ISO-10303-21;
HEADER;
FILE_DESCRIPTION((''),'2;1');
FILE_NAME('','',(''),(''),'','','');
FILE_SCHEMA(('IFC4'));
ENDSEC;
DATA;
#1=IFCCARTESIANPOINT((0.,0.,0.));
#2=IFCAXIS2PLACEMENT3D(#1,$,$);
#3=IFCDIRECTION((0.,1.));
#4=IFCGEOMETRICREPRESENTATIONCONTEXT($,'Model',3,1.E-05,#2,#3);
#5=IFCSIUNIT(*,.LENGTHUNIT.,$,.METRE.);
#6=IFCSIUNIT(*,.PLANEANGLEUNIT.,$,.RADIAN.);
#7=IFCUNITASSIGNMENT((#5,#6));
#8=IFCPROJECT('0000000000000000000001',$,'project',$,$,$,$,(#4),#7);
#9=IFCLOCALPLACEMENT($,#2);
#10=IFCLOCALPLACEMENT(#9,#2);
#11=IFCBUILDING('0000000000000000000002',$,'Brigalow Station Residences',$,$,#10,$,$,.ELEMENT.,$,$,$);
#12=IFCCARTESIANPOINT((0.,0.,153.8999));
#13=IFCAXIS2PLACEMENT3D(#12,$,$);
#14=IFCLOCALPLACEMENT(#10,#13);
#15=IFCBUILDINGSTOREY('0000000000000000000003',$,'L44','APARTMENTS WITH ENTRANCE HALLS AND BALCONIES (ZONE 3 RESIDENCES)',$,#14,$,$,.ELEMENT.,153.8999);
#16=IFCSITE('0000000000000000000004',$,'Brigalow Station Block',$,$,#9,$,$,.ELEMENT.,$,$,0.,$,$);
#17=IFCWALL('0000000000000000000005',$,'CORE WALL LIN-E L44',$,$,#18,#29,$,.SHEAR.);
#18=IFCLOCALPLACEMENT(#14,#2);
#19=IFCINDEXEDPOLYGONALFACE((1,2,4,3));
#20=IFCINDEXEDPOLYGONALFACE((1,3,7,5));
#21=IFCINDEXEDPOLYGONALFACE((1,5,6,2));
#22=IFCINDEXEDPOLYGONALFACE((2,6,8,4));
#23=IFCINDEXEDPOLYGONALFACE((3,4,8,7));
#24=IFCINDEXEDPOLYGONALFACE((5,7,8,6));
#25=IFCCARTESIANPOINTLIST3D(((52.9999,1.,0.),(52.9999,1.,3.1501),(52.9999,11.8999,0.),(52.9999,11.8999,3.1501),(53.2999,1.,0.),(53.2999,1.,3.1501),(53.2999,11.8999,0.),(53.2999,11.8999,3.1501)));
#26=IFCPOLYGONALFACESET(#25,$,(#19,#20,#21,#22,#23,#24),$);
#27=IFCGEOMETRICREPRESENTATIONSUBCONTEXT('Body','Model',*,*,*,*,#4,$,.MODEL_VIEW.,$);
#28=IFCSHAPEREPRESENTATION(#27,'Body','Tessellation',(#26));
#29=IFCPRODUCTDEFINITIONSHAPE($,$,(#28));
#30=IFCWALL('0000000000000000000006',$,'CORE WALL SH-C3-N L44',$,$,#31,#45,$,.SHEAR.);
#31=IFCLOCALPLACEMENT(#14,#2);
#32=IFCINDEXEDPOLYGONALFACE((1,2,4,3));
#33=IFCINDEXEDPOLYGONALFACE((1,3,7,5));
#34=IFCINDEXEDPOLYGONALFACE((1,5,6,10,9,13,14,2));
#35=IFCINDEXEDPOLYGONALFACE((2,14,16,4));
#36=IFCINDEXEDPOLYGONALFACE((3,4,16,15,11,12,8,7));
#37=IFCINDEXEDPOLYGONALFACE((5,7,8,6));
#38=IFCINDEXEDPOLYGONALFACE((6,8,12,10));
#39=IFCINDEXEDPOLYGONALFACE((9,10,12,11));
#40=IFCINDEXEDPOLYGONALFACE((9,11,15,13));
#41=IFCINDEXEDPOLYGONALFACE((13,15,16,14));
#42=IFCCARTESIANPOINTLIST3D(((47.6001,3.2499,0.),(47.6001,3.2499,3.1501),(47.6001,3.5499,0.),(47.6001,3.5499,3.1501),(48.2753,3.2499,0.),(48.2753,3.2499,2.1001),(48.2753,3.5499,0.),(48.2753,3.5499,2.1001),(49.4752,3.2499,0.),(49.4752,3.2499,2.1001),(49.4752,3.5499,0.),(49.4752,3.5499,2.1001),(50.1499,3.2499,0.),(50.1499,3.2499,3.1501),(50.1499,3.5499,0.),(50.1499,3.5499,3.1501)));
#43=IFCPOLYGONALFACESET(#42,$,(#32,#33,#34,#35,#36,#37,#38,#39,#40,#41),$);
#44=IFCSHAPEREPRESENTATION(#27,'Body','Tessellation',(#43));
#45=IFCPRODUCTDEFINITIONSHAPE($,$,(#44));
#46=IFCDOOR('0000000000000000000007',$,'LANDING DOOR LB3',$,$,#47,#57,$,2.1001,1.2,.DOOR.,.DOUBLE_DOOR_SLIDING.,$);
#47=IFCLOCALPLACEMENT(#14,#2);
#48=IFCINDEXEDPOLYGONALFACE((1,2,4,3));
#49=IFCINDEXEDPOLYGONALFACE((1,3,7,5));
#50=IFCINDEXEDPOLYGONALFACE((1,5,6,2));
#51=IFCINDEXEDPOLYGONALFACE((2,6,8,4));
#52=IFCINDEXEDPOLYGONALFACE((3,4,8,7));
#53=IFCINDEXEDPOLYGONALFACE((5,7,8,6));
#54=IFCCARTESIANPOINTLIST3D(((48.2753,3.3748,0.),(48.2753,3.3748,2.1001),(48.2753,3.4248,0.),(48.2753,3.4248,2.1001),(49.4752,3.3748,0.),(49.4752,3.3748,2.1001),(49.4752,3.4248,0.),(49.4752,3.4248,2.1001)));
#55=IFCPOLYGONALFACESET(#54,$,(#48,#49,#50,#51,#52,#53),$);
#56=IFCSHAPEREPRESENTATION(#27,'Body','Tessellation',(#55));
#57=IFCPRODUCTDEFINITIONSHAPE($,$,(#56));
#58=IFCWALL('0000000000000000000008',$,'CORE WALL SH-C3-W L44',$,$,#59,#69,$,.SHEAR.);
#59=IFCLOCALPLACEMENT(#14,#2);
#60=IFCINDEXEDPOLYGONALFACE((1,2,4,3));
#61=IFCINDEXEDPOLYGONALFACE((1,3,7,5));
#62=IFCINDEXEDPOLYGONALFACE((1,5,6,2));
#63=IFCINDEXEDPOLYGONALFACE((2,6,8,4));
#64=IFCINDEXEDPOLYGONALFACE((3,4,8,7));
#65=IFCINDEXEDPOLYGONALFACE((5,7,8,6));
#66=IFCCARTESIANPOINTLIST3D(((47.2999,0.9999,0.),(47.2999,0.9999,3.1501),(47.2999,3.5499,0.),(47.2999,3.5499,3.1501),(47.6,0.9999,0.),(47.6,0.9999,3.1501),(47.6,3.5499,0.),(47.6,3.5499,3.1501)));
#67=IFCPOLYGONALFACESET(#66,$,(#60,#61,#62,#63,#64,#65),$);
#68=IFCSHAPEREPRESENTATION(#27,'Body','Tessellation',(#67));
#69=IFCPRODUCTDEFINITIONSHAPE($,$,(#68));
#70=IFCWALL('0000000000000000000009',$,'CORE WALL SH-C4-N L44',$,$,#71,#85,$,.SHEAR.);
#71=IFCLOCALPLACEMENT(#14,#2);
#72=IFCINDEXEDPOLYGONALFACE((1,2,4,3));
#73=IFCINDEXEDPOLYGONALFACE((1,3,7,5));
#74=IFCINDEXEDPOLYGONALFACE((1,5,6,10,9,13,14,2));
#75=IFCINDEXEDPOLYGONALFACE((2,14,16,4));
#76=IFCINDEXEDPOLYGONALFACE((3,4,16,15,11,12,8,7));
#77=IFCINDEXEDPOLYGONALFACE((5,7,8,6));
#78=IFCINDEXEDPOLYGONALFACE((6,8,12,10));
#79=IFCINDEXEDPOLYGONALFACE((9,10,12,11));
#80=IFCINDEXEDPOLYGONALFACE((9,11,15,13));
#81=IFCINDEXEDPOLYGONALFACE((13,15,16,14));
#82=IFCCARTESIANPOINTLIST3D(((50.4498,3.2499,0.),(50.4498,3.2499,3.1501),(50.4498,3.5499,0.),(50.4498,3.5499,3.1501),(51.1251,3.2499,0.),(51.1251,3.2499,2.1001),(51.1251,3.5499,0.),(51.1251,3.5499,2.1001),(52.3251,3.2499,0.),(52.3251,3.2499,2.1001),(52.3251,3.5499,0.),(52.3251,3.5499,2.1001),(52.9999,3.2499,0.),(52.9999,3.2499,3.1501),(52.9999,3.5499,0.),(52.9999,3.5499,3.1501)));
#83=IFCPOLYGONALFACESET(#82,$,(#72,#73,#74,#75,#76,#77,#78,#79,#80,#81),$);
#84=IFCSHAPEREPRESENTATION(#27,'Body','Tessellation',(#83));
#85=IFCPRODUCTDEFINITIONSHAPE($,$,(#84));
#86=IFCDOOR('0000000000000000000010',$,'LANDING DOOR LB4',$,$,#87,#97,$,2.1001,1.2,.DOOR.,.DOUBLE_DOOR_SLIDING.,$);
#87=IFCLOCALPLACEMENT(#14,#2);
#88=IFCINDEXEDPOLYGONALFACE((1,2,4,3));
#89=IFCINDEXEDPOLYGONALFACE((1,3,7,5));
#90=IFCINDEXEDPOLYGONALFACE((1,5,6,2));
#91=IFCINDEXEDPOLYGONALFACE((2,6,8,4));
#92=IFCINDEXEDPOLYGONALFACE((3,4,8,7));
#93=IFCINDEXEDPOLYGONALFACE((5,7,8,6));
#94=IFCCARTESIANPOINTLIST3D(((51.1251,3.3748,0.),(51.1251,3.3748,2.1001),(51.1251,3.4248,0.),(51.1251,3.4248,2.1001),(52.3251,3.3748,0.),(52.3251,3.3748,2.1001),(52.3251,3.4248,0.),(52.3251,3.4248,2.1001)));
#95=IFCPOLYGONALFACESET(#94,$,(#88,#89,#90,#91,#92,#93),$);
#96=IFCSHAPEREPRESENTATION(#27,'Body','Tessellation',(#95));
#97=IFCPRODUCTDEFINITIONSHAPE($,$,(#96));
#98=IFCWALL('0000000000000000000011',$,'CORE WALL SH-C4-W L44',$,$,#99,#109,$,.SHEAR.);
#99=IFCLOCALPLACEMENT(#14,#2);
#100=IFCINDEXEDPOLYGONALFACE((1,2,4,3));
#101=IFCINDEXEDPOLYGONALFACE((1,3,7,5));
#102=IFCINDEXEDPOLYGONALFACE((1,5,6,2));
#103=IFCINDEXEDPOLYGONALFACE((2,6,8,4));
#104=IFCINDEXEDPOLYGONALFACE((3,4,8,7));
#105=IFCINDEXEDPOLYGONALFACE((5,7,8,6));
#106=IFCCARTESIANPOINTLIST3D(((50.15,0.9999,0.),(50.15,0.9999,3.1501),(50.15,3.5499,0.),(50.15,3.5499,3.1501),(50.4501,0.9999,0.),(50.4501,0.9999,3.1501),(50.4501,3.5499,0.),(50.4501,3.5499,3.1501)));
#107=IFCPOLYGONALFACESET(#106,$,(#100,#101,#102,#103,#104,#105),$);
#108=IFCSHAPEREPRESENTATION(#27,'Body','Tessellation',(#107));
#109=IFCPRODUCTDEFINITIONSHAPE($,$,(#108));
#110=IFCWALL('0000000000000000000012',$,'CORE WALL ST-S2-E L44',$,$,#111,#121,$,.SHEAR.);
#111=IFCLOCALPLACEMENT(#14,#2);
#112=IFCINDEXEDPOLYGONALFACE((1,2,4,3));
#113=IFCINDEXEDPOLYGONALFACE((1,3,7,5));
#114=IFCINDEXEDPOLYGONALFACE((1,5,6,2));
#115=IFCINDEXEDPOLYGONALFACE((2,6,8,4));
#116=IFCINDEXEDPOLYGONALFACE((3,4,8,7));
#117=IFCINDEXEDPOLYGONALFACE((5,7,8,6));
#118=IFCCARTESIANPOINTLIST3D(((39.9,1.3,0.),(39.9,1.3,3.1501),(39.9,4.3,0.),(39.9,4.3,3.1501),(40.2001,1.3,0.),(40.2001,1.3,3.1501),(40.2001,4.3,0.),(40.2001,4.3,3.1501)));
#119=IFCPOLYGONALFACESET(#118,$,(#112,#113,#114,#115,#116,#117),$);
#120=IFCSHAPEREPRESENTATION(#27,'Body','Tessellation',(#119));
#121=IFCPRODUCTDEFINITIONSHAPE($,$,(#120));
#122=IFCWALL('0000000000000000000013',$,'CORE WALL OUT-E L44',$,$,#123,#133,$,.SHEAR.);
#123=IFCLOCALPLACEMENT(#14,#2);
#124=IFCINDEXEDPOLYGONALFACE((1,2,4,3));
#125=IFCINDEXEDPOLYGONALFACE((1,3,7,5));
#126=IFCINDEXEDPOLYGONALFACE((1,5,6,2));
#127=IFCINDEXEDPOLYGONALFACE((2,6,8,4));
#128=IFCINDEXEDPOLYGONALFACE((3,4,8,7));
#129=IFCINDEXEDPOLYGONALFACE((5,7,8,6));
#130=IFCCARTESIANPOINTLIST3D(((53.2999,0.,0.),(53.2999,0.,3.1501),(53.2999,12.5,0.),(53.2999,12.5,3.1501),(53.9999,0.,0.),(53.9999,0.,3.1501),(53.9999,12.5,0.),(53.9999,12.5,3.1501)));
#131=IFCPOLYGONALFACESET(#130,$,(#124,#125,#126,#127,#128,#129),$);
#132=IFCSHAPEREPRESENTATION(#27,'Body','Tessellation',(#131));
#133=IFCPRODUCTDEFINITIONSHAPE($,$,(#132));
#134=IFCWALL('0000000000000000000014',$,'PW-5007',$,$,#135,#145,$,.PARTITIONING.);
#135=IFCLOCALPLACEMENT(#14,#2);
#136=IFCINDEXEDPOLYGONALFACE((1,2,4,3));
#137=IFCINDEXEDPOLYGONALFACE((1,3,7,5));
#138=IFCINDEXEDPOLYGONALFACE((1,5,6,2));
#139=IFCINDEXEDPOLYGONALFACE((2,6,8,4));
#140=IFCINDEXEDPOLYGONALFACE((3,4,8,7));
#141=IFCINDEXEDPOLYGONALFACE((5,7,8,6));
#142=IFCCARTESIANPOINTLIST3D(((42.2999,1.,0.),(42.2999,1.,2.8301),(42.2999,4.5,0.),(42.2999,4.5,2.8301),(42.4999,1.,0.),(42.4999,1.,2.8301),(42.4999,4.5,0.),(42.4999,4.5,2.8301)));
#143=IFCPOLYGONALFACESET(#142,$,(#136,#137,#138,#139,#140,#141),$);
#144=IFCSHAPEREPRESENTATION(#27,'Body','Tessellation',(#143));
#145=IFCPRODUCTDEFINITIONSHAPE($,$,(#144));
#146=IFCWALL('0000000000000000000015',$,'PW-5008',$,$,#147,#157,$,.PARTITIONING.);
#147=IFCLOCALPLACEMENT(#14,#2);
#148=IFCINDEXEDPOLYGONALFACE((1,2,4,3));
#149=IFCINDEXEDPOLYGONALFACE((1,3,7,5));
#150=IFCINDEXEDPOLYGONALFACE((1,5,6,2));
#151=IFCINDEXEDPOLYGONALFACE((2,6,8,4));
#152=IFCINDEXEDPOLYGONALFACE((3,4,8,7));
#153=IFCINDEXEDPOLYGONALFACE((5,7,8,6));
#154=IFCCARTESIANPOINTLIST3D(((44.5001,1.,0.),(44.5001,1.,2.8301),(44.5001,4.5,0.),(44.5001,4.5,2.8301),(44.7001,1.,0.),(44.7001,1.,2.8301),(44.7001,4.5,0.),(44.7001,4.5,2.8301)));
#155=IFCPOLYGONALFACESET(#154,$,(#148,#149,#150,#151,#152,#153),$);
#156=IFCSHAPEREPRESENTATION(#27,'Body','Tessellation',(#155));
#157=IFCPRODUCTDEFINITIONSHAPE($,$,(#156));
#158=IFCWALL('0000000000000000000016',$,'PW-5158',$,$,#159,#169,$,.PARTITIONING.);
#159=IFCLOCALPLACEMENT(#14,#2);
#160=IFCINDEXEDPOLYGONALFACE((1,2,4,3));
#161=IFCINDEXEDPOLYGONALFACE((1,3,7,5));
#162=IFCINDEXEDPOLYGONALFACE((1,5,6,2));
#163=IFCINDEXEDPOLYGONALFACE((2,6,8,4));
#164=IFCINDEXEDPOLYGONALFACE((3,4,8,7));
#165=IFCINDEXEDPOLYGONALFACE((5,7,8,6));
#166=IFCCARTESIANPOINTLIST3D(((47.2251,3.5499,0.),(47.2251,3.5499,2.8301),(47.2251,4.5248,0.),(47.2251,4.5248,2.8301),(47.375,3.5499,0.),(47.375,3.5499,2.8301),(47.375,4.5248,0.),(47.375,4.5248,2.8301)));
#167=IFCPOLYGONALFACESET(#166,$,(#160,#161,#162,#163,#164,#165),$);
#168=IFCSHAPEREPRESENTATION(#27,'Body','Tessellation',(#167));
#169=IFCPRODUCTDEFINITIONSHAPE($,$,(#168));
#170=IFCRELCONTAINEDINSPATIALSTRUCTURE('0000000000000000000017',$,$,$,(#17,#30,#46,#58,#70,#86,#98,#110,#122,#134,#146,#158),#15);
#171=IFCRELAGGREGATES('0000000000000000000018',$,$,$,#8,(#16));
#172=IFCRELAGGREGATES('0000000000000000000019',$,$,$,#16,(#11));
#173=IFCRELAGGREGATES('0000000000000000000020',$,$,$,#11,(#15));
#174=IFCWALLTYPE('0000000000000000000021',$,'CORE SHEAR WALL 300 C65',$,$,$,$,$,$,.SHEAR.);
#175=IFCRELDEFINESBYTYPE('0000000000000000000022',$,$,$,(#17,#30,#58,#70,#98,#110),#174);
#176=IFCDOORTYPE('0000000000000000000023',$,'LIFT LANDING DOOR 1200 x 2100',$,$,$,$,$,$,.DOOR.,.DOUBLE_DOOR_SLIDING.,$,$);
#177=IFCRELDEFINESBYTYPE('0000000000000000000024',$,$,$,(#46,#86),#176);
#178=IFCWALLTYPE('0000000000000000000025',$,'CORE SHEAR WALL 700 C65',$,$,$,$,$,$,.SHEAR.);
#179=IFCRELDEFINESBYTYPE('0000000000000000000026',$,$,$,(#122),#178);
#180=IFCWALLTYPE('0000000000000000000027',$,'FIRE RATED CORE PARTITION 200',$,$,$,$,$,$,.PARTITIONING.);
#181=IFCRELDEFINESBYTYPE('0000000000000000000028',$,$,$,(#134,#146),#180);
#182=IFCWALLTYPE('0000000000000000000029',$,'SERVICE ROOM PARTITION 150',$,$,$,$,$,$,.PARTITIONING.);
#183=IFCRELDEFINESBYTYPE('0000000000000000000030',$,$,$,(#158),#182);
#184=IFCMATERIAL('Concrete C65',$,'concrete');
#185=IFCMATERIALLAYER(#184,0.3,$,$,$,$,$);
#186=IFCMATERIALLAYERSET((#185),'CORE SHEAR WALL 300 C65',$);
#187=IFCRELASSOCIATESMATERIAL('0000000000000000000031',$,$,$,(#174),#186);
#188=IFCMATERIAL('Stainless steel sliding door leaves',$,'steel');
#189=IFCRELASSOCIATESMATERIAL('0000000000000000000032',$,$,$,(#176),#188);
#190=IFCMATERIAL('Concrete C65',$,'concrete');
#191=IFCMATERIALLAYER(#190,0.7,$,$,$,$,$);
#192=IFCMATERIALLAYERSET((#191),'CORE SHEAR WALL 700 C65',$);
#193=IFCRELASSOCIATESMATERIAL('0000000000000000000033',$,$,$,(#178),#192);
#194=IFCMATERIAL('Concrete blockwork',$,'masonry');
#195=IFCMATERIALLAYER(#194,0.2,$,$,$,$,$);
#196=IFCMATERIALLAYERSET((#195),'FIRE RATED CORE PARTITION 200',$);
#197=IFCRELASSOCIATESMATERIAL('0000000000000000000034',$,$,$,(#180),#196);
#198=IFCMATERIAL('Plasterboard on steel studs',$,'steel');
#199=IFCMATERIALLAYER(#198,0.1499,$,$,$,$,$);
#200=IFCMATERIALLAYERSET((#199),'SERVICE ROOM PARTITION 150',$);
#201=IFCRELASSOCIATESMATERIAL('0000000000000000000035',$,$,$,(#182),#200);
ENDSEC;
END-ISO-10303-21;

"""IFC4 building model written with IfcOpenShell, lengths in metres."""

from ifc_helpers import new_model, si_unit, direction, frame, frame_2d, origin, place, context, subcontext, project, spatial, rectangle, extrude, material, layer, layer_set, type_object, element, fill, save


model = new_model("IFC4")

# Units and contexts
model_context = context("Model", 3, precision=1e-05, world=origin(), true_north=direction((0.0, 1.0)))
body_context = subcontext(model_context, "Body", "Model", "MODEL_VIEW")
ifc_project = project(units=[si_unit("LENGTHUNIT", "METRE"), si_unit("PLANEANGLEUNIT", "RADIAN")], contexts=[model_context])

# Site, building, storey
site_placement = place(None, origin())
site = spatial("IfcSite", under=ifc_project, at=site_placement, Name="Brigalow Station Block", CompositionType="ELEMENT", RefElevation=0.0)
building_placement = place(site_placement, origin())
building = spatial("IfcBuilding", under=site, at=building_placement, Name="Brigalow Station Residences", CompositionType="ELEMENT")
storey_placement = place(building_placement, frame((0.0, 0.0, 153.8999)))
storey = spatial("IfcBuildingStorey", under=building, at=storey_placement, Name="L44", Description="APARTMENTS WITH ENTRANCE HALLS AND BALCONIES (ZONE 3 RESIDENCES)", CompositionType="ELEMENT", Elevation=153.8999)

# Wall
ifc_material_1 = material(Name="Concrete C65", Category="concrete")
ifc_layer_1 = layer(ifc_material_1, 0.3)
ifc_layer_set_1 = layer_set([ifc_layer_1], Name="CORE SHEAR WALL 300 C65")
wall_type_1 = type_object("IfcWallType", Name="CORE SHEAR WALL 300 C65", PredefinedType="SHEAR", material=ifc_layer_set_1)
wall_1_placement = place(storey_placement, frame((53.1499, 1.0, 0.0), z_axis=(0.0, 0.0, 1.0), x_axis=(0.0, 1.0, 0.0)))
element("IfcWall", 1, at=wall_1_placement, inside=storey, type_object=wall_type_1, Name="CORE WALL LIN-E L44", PredefinedType="SHEAR", context=body_context, shape_type="SweptSolid", body=[
    extrude(rectangle(XDim=10.8999, YDim=0.3, at=frame_2d((5.45, 0.0))), origin(), (0.0, 0.0, 1.0), 3.1501),
])

# Wall, opening, door
wall_2_placement = place(storey_placement, frame((47.6001, 3.3999, 0.0), z_axis=(0.0, 0.0, 1.0), x_axis=(1.0, 0.0, 0.0)))
wall_2 = element("IfcWall", 2, at=wall_2_placement, inside=storey, type_object=wall_type_1, Name="CORE WALL SH-C3-N L44", PredefinedType="SHEAR", context=body_context, shape_type="SweptSolid", body=[
    extrude(rectangle(XDim=2.5498, YDim=0.3, at=frame_2d((1.2749, 0.0))), origin(), (0.0, 0.0, 1.0), 3.1501),
])
opening_1_placement = place(wall_2_placement, frame((0.675, 0.0, 0.0)))
opening_1 = element("IfcOpeningElement", 3, at=opening_1_placement, cuts=wall_2, PredefinedType="OPENING", context=body_context, shape_type="SweptSolid", body=[
    extrude(rectangle(XDim=1.2, YDim=2.1001, at=frame_2d((0.6001, 1.05))), frame((0.0, 0.1602, 0.0), z_axis=(0.0, -1.0, 0.0), x_axis=(1.0, 0.0, 0.0)), (0.0, 0.0, 1.0), 0.3201),
])
ifc_material_2 = material(Name="Stainless steel sliding door leaves", Category="steel")
door_type = type_object("IfcDoorType", Name="LIFT LANDING DOOR 1200 x 2100", OperationType="DOUBLE_DOOR_SLIDING", PredefinedType="DOOR", material=ifc_material_2)
door_1_placement = place(opening_1_placement, origin())
door_1 = element("IfcDoor", 4, at=door_1_placement, inside=storey, type_object=door_type, Name="LANDING DOOR LB3", OperationType="DOUBLE_DOOR_SLIDING", OverallHeight=2.1001, OverallWidth=1.2, PredefinedType="DOOR", context=body_context, shape_type="SweptSolid", body=[
    extrude(rectangle(XDim=1.2, YDim=2.1001, at=frame_2d((0.6001, 1.05))), frame((0.0, 0.0249, 0.0), z_axis=(0.0, -1.0, 0.0), x_axis=(1.0, 0.0, 0.0)), (0.0, 0.0, 1.0), 0.05),
])
fill(opening_1, door_1)

# Wall
wall_3_placement = place(storey_placement, frame((47.45, 1.0, 0.0), z_axis=(0.0, 0.0, 1.0), x_axis=(0.0, 1.0, 0.0)))
element("IfcWall", 5, at=wall_3_placement, inside=storey, type_object=wall_type_1, Name="CORE WALL SH-C3-W L44", PredefinedType="SHEAR", context=body_context, shape_type="SweptSolid", body=[
    extrude(rectangle(XDim=2.55, YDim=0.3, at=frame_2d((1.2749, 0.0))), origin(), (0.0, 0.0, 1.0), 3.1501),
])

# Wall, opening, door
wall_4_placement = place(storey_placement, frame((50.45, 3.3999, 0.0), z_axis=(0.0, 0.0, 1.0), x_axis=(1.0, 0.0, 0.0)))
wall_4 = element("IfcWall", 6, at=wall_4_placement, inside=storey, type_object=wall_type_1, Name="CORE WALL SH-C4-N L44", PredefinedType="SHEAR", context=body_context, shape_type="SweptSolid", body=[
    extrude(rectangle(XDim=2.55, YDim=0.3, at=frame_2d((1.2749, 0.0))), origin(), (0.0, 0.0, 1.0), 3.1501),
])
opening_2_placement = place(wall_4_placement, frame((0.675, 0.0, 0.0)))
opening_2 = element("IfcOpeningElement", 7, at=opening_2_placement, cuts=wall_4, PredefinedType="OPENING", context=body_context, shape_type="SweptSolid", body=[
    extrude(rectangle(XDim=1.2, YDim=2.1001, at=frame_2d((0.6001, 1.05))), frame((0.0, 0.1602, 0.0), z_axis=(0.0, -1.0, 0.0), x_axis=(1.0, 0.0, 0.0)), (0.0, 0.0, 1.0), 0.3201),
])
door_2_placement = place(opening_2_placement, origin())
door_2 = element("IfcDoor", 8, at=door_2_placement, inside=storey, type_object=door_type, Name="LANDING DOOR LB4", OperationType="DOUBLE_DOOR_SLIDING", OverallHeight=2.1001, OverallWidth=1.2, PredefinedType="DOOR", context=body_context, shape_type="SweptSolid", body=[
    extrude(rectangle(XDim=1.2, YDim=2.1001, at=frame_2d((0.6001, 1.05))), frame((0.0, 0.0249, 0.0), z_axis=(0.0, -1.0, 0.0), x_axis=(1.0, 0.0, 0.0)), (0.0, 0.0, 1.0), 0.05),
])
fill(opening_2, door_2)

# Walls
wall_5_placement = place(storey_placement, frame((50.3, 1.0, 0.0), z_axis=(0.0, 0.0, 1.0), x_axis=(0.0, 1.0, 0.0)))
element("IfcWall", 9, at=wall_5_placement, inside=storey, type_object=wall_type_1, Name="CORE WALL SH-C4-W L44", PredefinedType="SHEAR", context=body_context, shape_type="SweptSolid", body=[
    extrude(rectangle(XDim=2.55, YDim=0.3, at=frame_2d((1.2749, 0.0))), origin(), (0.0, 0.0, 1.0), 3.1501),
])
wall_6_placement = place(storey_placement, frame((40.05, 1.3, 0.0), z_axis=(0.0, 0.0, 1.0), x_axis=(0.0, 1.0, 0.0)))
element("IfcWall", 10, at=wall_6_placement, inside=storey, type_object=wall_type_1, Name="CORE WALL ST-S2-E L44", PredefinedType="SHEAR", context=body_context, shape_type="SweptSolid", body=[
    extrude(rectangle(XDim=3.0, YDim=0.3, at=frame_2d((1.5, 0.0))), origin(), (0.0, 0.0, 1.0), 3.1501),
])
ifc_material_3 = material(Name="Concrete C65", Category="concrete")
ifc_layer_2 = layer(ifc_material_3, 0.7)
ifc_layer_set_2 = layer_set([ifc_layer_2], Name="CORE SHEAR WALL 700 C65")
wall_type_2 = type_object("IfcWallType", Name="CORE SHEAR WALL 700 C65", PredefinedType="SHEAR", material=ifc_layer_set_2)
wall_7_placement = place(storey_placement, frame((53.6499, 0.0, 0.0), z_axis=(0.0, 0.0, 1.0), x_axis=(0.0, 1.0, 0.0)))
element("IfcWall", 11, at=wall_7_placement, inside=storey, type_object=wall_type_2, Name="CORE WALL OUT-E L44", PredefinedType="SHEAR", context=body_context, shape_type="SweptSolid", body=[
    extrude(rectangle(XDim=12.5, YDim=0.7, at=frame_2d((6.25, 0.0))), origin(), (0.0, 0.0, 1.0), 3.1501),
])
ifc_material_4 = material(Name="Concrete blockwork", Category="masonry")
ifc_layer_3 = layer(ifc_material_4, 0.2)
ifc_layer_set_3 = layer_set([ifc_layer_3], Name="FIRE RATED CORE PARTITION 200")
wall_type_3 = type_object("IfcWallType", Name="FIRE RATED CORE PARTITION 200", PredefinedType="PARTITIONING", material=ifc_layer_set_3)
for number, where, z_axis, x_axis, name in (
    (12, (42.3999, 1.0, 0.0), (0.0, 0.0, 1.0), (0.0, 1.0, 0.0), "PW-5007"),
    (13, (44.6001, 1.0, 0.0), (0.0, 0.0, 1.0), (0.0, 1.0, 0.0), "PW-5008"),
):
    element("IfcWall", number, at=place(storey_placement, frame(where, z_axis=z_axis, x_axis=x_axis)), inside=storey, type_object=wall_type_3, Name=name, PredefinedType="PARTITIONING", context=body_context, shape_type="SweptSolid", body=[
        extrude(rectangle(XDim=3.5, YDim=0.2, at=frame_2d((1.75, 0.0))), origin(), (0.0, 0.0, 1.0), 2.8301),
    ])
ifc_material_5 = material(Name="Plasterboard on steel studs", Category="steel")
ifc_layer_4 = layer(ifc_material_5, 0.1499)
ifc_layer_set_4 = layer_set([ifc_layer_4], Name="SERVICE ROOM PARTITION 150")
wall_type_4 = type_object("IfcWallType", Name="SERVICE ROOM PARTITION 150", PredefinedType="PARTITIONING", material=ifc_layer_set_4)
wall_8_placement = place(storey_placement, frame((47.3, 3.55, 0.0), z_axis=(0.0, 0.0, 1.0), x_axis=(0.0, 1.0, 0.0)))
element("IfcWall", 14, at=wall_8_placement, inside=storey, type_object=wall_type_4, Name="PW-5158", PredefinedType="PARTITIONING", context=body_context, shape_type="SweptSolid", body=[
    extrude(rectangle(XDim=0.9749, YDim=0.1499, at=frame_2d((0.4873, 0.0))), origin(), (0.0, 0.0, 1.0), 2.8301),
])

save(model, "model.ifc")
